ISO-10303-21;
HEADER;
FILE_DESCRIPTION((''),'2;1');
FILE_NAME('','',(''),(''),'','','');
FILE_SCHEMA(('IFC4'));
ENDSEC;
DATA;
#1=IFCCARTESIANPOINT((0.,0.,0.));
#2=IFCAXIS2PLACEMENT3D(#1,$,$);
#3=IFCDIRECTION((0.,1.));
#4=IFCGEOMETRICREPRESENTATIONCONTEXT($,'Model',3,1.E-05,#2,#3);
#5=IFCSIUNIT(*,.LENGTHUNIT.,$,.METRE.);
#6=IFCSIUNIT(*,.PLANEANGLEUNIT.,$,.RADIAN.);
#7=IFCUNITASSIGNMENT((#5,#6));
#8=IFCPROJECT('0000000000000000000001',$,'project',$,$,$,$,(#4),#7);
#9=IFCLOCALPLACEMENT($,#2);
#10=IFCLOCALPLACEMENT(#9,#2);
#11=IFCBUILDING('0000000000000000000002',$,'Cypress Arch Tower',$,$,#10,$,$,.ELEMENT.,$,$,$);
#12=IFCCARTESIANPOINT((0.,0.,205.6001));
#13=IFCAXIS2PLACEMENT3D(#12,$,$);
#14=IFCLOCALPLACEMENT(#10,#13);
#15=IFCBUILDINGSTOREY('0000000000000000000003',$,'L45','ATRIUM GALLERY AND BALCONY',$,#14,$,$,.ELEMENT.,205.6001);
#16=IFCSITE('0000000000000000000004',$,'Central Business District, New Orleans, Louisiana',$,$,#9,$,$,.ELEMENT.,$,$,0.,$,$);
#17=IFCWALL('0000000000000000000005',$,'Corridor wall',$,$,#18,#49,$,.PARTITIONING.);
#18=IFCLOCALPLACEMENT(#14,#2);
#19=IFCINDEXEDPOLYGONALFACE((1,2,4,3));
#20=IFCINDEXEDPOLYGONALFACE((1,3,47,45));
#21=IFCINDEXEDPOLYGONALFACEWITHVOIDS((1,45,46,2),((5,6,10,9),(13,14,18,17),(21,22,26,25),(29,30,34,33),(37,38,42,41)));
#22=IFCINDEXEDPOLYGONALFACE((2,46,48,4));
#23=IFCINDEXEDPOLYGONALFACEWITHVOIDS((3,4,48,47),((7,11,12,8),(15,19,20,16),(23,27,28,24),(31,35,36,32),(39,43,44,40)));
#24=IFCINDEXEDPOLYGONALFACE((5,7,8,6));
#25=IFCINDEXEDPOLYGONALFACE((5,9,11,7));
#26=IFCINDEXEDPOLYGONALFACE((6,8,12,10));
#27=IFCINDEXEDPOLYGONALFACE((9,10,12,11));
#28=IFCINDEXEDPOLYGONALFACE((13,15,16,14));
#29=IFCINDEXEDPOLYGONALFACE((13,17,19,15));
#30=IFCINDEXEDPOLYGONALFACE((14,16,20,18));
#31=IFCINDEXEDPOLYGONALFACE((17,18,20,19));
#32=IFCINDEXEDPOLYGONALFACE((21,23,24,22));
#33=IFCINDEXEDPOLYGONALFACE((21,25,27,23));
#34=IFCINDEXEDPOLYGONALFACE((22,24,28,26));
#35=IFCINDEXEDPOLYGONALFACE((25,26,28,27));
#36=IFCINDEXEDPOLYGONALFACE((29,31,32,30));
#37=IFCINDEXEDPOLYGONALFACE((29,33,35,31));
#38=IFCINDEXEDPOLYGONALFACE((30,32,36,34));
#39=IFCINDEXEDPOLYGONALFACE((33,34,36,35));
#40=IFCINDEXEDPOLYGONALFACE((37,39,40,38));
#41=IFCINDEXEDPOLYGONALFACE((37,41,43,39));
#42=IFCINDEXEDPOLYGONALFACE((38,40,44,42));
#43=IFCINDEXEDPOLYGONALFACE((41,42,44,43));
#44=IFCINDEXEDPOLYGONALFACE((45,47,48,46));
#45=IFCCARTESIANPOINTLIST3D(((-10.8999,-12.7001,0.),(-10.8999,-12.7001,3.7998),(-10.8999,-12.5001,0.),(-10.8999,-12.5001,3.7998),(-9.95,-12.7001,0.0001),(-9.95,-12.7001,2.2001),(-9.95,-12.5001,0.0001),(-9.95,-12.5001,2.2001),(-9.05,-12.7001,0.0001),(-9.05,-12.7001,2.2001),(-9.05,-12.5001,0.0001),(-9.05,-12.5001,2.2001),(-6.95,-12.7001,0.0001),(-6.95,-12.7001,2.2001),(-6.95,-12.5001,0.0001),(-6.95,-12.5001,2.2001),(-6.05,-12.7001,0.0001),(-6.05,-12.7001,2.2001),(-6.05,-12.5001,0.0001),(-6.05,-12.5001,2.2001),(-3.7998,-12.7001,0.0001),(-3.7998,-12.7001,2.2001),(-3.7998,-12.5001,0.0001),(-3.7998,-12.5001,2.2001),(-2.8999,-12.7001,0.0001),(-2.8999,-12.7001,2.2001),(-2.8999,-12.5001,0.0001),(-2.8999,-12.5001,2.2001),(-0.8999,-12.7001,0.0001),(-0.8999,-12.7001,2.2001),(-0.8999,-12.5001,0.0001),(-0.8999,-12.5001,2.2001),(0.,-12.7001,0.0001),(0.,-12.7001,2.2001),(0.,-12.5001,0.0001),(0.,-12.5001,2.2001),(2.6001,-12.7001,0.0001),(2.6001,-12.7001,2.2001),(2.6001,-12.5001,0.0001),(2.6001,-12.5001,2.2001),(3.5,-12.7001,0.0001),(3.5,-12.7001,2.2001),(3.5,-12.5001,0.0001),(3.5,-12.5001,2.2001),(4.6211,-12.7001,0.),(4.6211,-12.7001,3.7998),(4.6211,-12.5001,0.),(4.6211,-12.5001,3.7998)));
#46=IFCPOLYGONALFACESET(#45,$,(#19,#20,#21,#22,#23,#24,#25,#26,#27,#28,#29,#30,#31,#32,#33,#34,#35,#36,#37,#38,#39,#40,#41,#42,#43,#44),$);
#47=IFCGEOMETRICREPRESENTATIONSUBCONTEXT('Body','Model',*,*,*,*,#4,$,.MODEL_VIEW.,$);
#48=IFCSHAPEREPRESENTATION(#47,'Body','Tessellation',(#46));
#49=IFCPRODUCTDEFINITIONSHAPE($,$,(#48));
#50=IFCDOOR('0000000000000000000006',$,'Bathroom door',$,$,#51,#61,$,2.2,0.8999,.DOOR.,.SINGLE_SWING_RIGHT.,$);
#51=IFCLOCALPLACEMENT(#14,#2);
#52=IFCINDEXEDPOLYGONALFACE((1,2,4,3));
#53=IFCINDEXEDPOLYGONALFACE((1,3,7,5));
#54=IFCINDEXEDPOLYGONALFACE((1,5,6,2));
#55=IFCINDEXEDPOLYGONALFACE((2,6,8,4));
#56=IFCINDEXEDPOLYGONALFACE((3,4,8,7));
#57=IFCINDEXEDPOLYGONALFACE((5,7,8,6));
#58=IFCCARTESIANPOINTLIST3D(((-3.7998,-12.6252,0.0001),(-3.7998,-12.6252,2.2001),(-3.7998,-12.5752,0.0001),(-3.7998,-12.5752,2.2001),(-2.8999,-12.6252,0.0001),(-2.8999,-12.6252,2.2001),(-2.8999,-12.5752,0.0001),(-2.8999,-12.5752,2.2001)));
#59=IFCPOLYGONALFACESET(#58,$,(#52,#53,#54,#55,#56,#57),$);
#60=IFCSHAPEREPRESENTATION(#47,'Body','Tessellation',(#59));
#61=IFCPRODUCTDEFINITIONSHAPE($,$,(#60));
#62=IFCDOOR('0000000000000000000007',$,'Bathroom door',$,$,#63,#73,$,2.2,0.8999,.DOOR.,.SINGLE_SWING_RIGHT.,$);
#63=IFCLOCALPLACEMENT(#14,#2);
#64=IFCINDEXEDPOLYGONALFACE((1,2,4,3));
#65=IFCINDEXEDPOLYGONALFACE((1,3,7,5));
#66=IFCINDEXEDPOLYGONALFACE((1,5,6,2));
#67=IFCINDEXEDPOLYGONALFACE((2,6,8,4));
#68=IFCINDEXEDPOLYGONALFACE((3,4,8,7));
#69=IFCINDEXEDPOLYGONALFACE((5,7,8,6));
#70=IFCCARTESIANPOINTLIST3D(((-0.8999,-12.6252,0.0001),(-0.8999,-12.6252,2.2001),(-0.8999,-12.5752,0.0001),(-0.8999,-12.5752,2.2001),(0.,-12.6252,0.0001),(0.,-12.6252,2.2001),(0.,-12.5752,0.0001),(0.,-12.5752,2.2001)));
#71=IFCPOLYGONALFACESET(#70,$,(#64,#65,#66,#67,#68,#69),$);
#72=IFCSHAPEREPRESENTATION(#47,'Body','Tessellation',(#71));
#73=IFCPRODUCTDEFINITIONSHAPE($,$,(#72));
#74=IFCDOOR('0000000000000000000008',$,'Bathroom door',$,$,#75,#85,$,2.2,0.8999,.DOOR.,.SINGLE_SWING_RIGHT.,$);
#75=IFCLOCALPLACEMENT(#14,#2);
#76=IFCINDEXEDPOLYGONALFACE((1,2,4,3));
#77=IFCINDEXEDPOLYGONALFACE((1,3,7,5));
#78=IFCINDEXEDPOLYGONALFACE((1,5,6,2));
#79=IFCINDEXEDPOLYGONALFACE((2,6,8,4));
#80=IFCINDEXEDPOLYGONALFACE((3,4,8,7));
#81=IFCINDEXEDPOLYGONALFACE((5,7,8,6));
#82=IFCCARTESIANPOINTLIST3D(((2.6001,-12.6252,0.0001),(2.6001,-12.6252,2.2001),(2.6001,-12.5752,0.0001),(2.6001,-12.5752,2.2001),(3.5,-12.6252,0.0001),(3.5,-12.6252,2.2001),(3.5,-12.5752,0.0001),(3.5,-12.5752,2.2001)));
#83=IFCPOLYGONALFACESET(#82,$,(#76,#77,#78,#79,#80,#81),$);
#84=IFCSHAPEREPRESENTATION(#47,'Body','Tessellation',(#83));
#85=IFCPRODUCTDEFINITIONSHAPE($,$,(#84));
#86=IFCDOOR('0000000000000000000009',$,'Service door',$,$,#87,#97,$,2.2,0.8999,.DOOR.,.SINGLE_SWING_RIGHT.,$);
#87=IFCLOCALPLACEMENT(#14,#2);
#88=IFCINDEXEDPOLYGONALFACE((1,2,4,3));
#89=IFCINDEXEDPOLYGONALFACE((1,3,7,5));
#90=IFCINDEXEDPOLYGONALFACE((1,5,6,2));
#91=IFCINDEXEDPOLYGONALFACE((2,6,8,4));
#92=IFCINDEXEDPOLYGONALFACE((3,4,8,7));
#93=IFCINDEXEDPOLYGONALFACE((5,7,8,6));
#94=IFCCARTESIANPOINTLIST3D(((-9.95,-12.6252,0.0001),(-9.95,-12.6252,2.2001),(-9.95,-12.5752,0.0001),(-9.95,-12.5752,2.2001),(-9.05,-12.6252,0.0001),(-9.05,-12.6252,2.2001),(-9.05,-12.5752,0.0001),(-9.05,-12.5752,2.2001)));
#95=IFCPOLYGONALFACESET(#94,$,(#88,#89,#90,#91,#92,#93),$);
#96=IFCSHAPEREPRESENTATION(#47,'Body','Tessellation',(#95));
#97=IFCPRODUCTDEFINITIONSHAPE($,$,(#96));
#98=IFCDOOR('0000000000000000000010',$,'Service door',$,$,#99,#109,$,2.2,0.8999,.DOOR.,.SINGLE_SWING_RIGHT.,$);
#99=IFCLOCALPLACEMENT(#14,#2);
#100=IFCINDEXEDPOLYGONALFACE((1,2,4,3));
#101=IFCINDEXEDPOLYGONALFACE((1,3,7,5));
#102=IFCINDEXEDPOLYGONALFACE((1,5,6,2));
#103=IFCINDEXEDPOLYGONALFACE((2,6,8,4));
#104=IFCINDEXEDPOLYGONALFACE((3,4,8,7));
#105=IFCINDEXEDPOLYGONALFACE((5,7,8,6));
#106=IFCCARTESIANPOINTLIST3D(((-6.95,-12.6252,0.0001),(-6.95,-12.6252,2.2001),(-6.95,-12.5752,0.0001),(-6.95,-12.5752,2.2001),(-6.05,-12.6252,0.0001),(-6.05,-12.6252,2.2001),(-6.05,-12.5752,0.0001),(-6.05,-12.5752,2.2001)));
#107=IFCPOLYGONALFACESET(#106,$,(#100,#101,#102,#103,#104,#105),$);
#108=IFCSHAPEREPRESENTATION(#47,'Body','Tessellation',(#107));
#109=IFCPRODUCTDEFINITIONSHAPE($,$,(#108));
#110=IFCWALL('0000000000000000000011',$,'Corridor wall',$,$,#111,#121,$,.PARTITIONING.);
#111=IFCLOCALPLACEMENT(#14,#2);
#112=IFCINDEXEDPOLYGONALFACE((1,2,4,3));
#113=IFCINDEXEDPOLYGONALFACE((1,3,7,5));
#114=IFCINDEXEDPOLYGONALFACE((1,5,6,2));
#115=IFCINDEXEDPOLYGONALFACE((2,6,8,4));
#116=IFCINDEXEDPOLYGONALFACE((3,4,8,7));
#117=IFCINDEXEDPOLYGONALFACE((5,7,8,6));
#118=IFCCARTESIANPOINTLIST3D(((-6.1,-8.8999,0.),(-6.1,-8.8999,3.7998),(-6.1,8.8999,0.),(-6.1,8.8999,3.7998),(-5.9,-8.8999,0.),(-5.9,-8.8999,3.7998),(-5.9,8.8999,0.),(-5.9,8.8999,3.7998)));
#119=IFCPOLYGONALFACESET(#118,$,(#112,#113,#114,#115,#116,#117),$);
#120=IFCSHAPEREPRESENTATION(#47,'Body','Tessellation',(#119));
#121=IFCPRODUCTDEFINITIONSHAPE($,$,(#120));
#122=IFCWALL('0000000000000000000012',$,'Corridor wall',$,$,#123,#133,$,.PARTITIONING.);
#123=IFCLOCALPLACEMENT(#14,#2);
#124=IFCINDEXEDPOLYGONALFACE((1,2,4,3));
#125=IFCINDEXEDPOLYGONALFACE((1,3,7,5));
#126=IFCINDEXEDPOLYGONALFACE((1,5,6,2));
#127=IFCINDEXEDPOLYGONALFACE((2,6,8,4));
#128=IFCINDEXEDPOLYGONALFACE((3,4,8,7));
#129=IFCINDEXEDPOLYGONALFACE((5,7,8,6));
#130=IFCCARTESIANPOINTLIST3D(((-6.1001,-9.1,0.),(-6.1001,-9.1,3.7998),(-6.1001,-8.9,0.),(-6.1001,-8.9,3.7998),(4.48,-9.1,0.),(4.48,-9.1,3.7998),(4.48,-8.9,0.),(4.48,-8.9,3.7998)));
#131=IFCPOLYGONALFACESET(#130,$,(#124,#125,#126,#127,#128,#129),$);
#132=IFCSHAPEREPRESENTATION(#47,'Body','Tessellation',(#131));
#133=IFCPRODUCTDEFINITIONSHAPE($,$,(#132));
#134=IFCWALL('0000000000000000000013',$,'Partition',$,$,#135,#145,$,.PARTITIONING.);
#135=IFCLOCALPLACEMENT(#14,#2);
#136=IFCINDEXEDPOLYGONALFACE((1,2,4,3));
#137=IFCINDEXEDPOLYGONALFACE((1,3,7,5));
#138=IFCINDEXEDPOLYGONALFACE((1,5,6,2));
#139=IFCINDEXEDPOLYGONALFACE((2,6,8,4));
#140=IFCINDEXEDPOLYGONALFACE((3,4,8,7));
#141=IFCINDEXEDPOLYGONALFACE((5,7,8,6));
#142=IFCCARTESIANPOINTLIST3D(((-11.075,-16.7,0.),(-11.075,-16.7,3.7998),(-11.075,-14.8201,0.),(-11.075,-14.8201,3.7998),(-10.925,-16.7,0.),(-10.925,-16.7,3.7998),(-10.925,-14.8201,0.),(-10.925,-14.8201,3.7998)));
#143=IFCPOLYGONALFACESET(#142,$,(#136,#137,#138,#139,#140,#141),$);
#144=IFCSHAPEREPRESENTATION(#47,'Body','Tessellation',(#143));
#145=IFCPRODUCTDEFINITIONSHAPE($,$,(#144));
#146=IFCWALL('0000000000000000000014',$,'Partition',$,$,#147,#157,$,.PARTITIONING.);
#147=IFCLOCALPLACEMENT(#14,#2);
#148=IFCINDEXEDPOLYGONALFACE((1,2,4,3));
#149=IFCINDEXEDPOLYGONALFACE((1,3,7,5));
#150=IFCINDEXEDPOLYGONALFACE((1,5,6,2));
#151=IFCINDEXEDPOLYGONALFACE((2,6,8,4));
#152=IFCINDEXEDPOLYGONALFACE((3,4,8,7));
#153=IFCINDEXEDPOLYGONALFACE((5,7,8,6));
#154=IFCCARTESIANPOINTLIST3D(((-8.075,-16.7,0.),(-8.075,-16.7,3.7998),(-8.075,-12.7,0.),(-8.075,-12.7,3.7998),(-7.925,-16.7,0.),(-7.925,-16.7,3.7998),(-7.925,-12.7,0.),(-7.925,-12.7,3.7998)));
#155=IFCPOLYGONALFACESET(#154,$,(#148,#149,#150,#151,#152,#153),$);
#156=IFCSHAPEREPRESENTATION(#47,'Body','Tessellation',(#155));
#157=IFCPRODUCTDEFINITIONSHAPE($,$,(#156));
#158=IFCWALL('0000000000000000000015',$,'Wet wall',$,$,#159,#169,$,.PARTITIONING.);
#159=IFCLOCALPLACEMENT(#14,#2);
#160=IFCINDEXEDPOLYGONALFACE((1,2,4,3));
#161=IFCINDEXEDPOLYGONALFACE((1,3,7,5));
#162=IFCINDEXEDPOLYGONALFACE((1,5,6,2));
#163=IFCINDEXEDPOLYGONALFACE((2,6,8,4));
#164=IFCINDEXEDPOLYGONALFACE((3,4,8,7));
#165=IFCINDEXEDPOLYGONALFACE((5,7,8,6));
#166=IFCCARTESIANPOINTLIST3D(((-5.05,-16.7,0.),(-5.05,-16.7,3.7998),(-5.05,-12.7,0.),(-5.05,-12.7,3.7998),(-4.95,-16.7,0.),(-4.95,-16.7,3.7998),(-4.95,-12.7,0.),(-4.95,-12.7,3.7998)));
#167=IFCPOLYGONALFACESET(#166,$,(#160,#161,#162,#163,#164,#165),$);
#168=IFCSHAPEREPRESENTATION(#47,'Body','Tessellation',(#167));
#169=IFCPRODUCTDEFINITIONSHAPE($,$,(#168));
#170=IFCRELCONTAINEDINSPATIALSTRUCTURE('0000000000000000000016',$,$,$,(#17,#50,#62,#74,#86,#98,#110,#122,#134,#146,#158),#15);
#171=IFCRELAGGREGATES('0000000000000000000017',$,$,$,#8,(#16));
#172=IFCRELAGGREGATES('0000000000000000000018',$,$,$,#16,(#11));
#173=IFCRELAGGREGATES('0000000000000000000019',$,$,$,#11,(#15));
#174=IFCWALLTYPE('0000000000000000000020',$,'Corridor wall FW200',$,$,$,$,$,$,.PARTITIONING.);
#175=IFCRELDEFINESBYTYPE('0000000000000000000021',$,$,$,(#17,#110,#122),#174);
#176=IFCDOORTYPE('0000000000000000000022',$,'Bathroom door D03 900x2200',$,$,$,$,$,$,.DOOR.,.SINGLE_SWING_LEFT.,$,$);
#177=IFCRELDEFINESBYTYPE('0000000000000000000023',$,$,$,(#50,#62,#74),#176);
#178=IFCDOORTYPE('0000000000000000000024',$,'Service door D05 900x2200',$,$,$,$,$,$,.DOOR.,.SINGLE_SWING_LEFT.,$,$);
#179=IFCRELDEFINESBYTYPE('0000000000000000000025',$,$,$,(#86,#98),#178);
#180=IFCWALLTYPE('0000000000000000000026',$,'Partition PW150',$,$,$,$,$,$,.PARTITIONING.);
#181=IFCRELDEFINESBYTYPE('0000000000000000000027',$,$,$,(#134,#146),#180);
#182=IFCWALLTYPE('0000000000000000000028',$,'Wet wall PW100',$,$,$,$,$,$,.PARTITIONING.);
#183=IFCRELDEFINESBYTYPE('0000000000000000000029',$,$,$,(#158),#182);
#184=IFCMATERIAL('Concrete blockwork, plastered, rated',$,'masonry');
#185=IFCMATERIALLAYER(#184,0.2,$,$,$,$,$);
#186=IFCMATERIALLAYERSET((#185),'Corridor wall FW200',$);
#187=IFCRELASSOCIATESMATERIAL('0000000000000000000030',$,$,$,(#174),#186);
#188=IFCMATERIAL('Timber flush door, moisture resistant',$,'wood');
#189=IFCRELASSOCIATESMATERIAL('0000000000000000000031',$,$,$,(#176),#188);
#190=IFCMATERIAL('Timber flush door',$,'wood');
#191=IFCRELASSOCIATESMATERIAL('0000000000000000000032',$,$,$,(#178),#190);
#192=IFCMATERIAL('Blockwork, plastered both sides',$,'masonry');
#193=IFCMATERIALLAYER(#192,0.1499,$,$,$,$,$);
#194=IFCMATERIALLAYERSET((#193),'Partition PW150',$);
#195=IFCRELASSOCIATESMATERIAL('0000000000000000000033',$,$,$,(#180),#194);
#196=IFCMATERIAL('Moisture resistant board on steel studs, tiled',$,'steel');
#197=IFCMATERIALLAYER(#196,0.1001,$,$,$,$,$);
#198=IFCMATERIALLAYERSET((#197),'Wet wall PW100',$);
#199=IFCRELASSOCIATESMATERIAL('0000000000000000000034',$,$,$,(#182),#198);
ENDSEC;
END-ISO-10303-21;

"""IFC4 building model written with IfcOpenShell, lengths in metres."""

from ifc_helpers import new_model, si_unit, direction, frame, frame_2d, origin, place, context, subcontext, project, spatial, rectangle, extrude, material, layer, layer_set, type_object, element, fill, save


model = new_model("IFC4")

# Units and contexts
model_context = context("Model", 3, precision=1e-05, world=origin(), true_north=direction((0.0, 1.0)))
body_context = subcontext(model_context, "Body", "Model", "MODEL_VIEW")
ifc_project = project(units=[si_unit("LENGTHUNIT", "METRE"), si_unit("PLANEANGLEUNIT", "RADIAN")], contexts=[model_context])

# Site, building, storey
site_placement = place(None, origin())
site = spatial("IfcSite", under=ifc_project, at=site_placement, Name="Central Business District, New Orleans, Louisiana", CompositionType="ELEMENT", RefElevation=0.0)
building_placement = place(site_placement, origin())
building = spatial("IfcBuilding", under=site, at=building_placement, Name="Cypress Arch Tower", CompositionType="ELEMENT")
storey_placement = place(building_placement, frame((0.0, 0.0, 205.6001)))
storey = spatial("IfcBuildingStorey", under=building, at=storey_placement, Name="L45", Description="ATRIUM GALLERY AND BALCONY", CompositionType="ELEMENT", Elevation=205.6001)

# Shared definitions
ifc_material_1 = material(Name="Concrete blockwork, plastered, rated", Category="masonry")
ifc_layer_1 = layer(ifc_material_1, 0.2)
ifc_layer_set_1 = layer_set([ifc_layer_1], Name="Corridor wall FW200")
wall_type_1 = type_object("IfcWallType", Name="Corridor wall FW200", PredefinedType="PARTITIONING", material=ifc_layer_set_1)

# Wall, openings, doors
wall_1_placement = place(storey_placement, frame((-10.8999, -12.6001, 0.0), z_axis=(0.0, 0.0, 1.0), x_axis=(1.0, 0.0, 0.0)))
wall_1 = element("IfcWall", 1, at=wall_1_placement, inside=storey, type_object=wall_type_1, Name="Corridor wall", PredefinedType="PARTITIONING", context=body_context, shape_type="SweptSolid", body=[
    extrude(rectangle(XDim=15.521, YDim=0.2, at=frame_2d((7.7605, 0.0))), origin(), (0.0, 0.0, 1.0), 3.7998),
])
opening_1_placement = place(wall_1_placement, frame((0.95, 0.0, 0.0)))
opening_1 = element("IfcOpeningElement", 2, at=opening_1_placement, cuts=wall_1, PredefinedType="OPENING", context=body_context, shape_type="SweptSolid", body=[
    extrude(rectangle(XDim=0.8999, YDim=2.2, at=frame_2d((0.45, 1.1001))), frame((0.0, 0.1099, 0.0), z_axis=(0.0, -1.0, 0.0), x_axis=(1.0, 0.0, 0.0)), (0.0, 0.0, 1.0), 0.22),
])
opening_2_placement = place(wall_1_placement, frame((3.95, 0.0, 0.0)))
opening_2 = element("IfcOpeningElement", 3, at=opening_2_placement, cuts=wall_1, PredefinedType="OPENING", context=body_context, shape_type="SweptSolid", body=[
    extrude(rectangle(XDim=0.8999, YDim=2.2, at=frame_2d((0.45, 1.1001))), frame((0.0, 0.1099, 0.0), z_axis=(0.0, -1.0, 0.0), x_axis=(1.0, 0.0, 0.0)), (0.0, 0.0, 1.0), 0.22),
])
opening_3_placement = place(wall_1_placement, frame((7.1001, 0.0, 0.0)))
opening_3 = element("IfcOpeningElement", 4, at=opening_3_placement, cuts=wall_1, PredefinedType="OPENING", context=body_context, shape_type="SweptSolid", body=[
    extrude(rectangle(XDim=0.8999, YDim=2.2, at=frame_2d((0.45, 1.1001))), frame((0.0, 0.1099, 0.0), z_axis=(0.0, -1.0, 0.0), x_axis=(1.0, 0.0, 0.0)), (0.0, 0.0, 1.0), 0.22),
])
opening_4_placement = place(wall_1_placement, frame((10.0, 0.0, 0.0)))
opening_4 = element("IfcOpeningElement", 5, at=opening_4_placement, cuts=wall_1, PredefinedType="OPENING", context=body_context, shape_type="SweptSolid", body=[
    extrude(rectangle(XDim=0.8999, YDim=2.2, at=frame_2d((0.45, 1.1001))), frame((0.0, 0.1099, 0.0), z_axis=(0.0, -1.0, 0.0), x_axis=(1.0, 0.0, 0.0)), (0.0, 0.0, 1.0), 0.22),
])
opening_5_placement = place(wall_1_placement, frame((13.5, 0.0, 0.0)))
opening_5 = element("IfcOpeningElement", 6, at=opening_5_placement, cuts=wall_1, PredefinedType="OPENING", context=body_context, shape_type="SweptSolid", body=[
    extrude(rectangle(XDim=0.8999, YDim=2.2, at=frame_2d((0.45, 1.1001))), frame((0.0, 0.1099, 0.0), z_axis=(0.0, -1.0, 0.0), x_axis=(1.0, 0.0, 0.0)), (0.0, 0.0, 1.0), 0.22),
])
ifc_material_2 = material(Name="Timber flush door, moisture resistant", Category="wood")
door_type_1 = type_object("IfcDoorType", Name="Bathroom door D03 900x2200", OperationType="SINGLE_SWING_LEFT", PredefinedType="DOOR", material=ifc_material_2)
door_1_placement = place(opening_3_placement, origin())
door_1 = element("IfcDoor", 7, at=door_1_placement, inside=storey, type_object=door_type_1, Name="Bathroom door", OperationType="SINGLE_SWING_RIGHT", OverallHeight=2.2, OverallWidth=0.8999, PredefinedType="DOOR", context=body_context, shape_type="SweptSolid", body=[
    extrude(rectangle(XDim=0.8999, YDim=2.2, at=frame_2d((0.45, 1.1001))), frame((0.0, 0.0249, 0.0), z_axis=(0.0, -1.0, 0.0), x_axis=(1.0, 0.0, 0.0)), (0.0, 0.0, 1.0), 0.05),
])
fill(opening_3, door_1)
door_2_placement = place(opening_4_placement, origin())
door_2 = element("IfcDoor", 8, at=door_2_placement, inside=storey, type_object=door_type_1, Name="Bathroom door", OperationType="SINGLE_SWING_RIGHT", OverallHeight=2.2, OverallWidth=0.8999, PredefinedType="DOOR", context=body_context, shape_type="SweptSolid", body=[
    extrude(rectangle(XDim=0.8999, YDim=2.2, at=frame_2d((0.45, 1.1001))), frame((0.0, 0.0249, 0.0), z_axis=(0.0, -1.0, 0.0), x_axis=(1.0, 0.0, 0.0)), (0.0, 0.0, 1.0), 0.05),
])
fill(opening_4, door_2)
door_3_placement = place(opening_5_placement, origin())
door_3 = element("IfcDoor", 9, at=door_3_placement, inside=storey, type_object=door_type_1, Name="Bathroom door", OperationType="SINGLE_SWING_RIGHT", OverallHeight=2.2, OverallWidth=0.8999, PredefinedType="DOOR", context=body_context, shape_type="SweptSolid", body=[
    extrude(rectangle(XDim=0.8999, YDim=2.2, at=frame_2d((0.45, 1.1001))), frame((0.0, 0.0249, 0.0), z_axis=(0.0, -1.0, 0.0), x_axis=(1.0, 0.0, 0.0)), (0.0, 0.0, 1.0), 0.05),
])
fill(opening_5, door_3)
ifc_material_3 = material(Name="Timber flush door", Category="wood")
door_type_2 = type_object("IfcDoorType", Name="Service door D05 900x2200", OperationType="SINGLE_SWING_LEFT", PredefinedType="DOOR", material=ifc_material_3)
door_4_placement = place(opening_1_placement, origin())
door_4 = element("IfcDoor", 10, at=door_4_placement, inside=storey, type_object=door_type_2, Name="Service door", OperationType="SINGLE_SWING_RIGHT", OverallHeight=2.2, OverallWidth=0.8999, PredefinedType="DOOR", context=body_context, shape_type="SweptSolid", body=[
    extrude(rectangle(XDim=0.8999, YDim=2.2, at=frame_2d((0.45, 1.1001))), frame((0.0, 0.0249, 0.0), z_axis=(0.0, -1.0, 0.0), x_axis=(1.0, 0.0, 0.0)), (0.0, 0.0, 1.0), 0.05),
])
fill(opening_1, door_4)
door_5_placement = place(opening_2_placement, origin())
door_5 = element("IfcDoor", 11, at=door_5_placement, inside=storey, type_object=door_type_2, Name="Service door", OperationType="SINGLE_SWING_RIGHT", OverallHeight=2.2, OverallWidth=0.8999, PredefinedType="DOOR", context=body_context, shape_type="SweptSolid", body=[
    extrude(rectangle(XDim=0.8999, YDim=2.2, at=frame_2d((0.45, 1.1001))), frame((0.0, 0.0249, 0.0), z_axis=(0.0, -1.0, 0.0), x_axis=(1.0, 0.0, 0.0)), (0.0, 0.0, 1.0), 0.05),
])
fill(opening_2, door_5)

# Walls
wall_2_placement = place(storey_placement, frame((-6.0, -8.8999, 0.0), z_axis=(0.0, 0.0, 1.0), x_axis=(0.0, 1.0, 0.0)))
element("IfcWall", 12, at=wall_2_placement, inside=storey, type_object=wall_type_1, Name="Corridor wall", PredefinedType="PARTITIONING", context=body_context, shape_type="SweptSolid", body=[
    extrude(rectangle(XDim=17.7998, YDim=0.2, at=frame_2d((8.8999, 0.0))), origin(), (0.0, 0.0, 1.0), 3.7998),
])
wall_3_placement = place(storey_placement, frame((-6.1001, -9.0, 0.0), z_axis=(0.0, 0.0, 1.0), x_axis=(1.0, 0.0, 0.0)))
element("IfcWall", 13, at=wall_3_placement, inside=storey, type_object=wall_type_1, Name="Corridor wall", PredefinedType="PARTITIONING", context=body_context, shape_type="SweptSolid", body=[
    extrude(rectangle(XDim=10.5801, YDim=0.2, at=frame_2d((5.29, 0.0))), origin(), (0.0, 0.0, 1.0), 3.7998),
])
ifc_material_4 = material(Name="Blockwork, plastered both sides", Category="masonry")
ifc_layer_2 = layer(ifc_material_4, 0.1499)
ifc_layer_set_2 = layer_set([ifc_layer_2], Name="Partition PW150")
wall_type_2 = type_object("IfcWallType", Name="Partition PW150", PredefinedType="PARTITIONING", material=ifc_layer_set_2)
wall_4_placement = place(storey_placement, frame((-11.0, -16.7, 0.0), z_axis=(0.0, 0.0, 1.0), x_axis=(0.0, 1.0, 0.0)))
element("IfcWall", 14, at=wall_4_placement, inside=storey, type_object=wall_type_2, Name="Partition", PredefinedType="PARTITIONING", context=body_context, shape_type="SweptSolid", body=[
    extrude(rectangle(XDim=1.8799, YDim=0.1499, at=frame_2d((0.9399, 0.0))), origin(), (0.0, 0.0, 1.0), 3.7998),
])
wall_5_placement = place(storey_placement, frame((-8.0, -16.7, 0.0), z_axis=(0.0, 0.0, 1.0), x_axis=(0.0, 1.0, 0.0)))
element("IfcWall", 15, at=wall_5_placement, inside=storey, type_object=wall_type_2, Name="Partition", PredefinedType="PARTITIONING", context=body_context, shape_type="SweptSolid", body=[
    extrude(rectangle(XDim=4.0, YDim=0.1499, at=frame_2d((2.0, 0.0))), origin(), (0.0, 0.0, 1.0), 3.7998),
])
ifc_material_5 = material(Name="Moisture resistant board on steel studs, tiled", Category="steel")
ifc_layer_3 = layer(ifc_material_5, 0.1001)
ifc_layer_set_3 = layer_set([ifc_layer_3], Name="Wet wall PW100")
wall_type_3 = type_object("IfcWallType", Name="Wet wall PW100", PredefinedType="PARTITIONING", material=ifc_layer_set_3)
for number, where, z_axis, x_axis, name in (
    (16, (-5.0, -16.7, 0.0), (0.0, 0.0, 1.0), (0.0, 1.0, 0.0), "Wet wall"),
):
    element("IfcWall", number, at=place(storey_placement, frame(where, z_axis=z_axis, x_axis=x_axis)), inside=storey, type_object=wall_type_3, Name=name, PredefinedType="PARTITIONING", context=body_context, shape_type="SweptSolid", body=[
        extrude(rectangle(XDim=4.0, YDim=0.1001, at=frame_2d((2.0, 0.0))), origin(), (0.0, 0.0, 1.0), 3.7998),
    ])

save(model, "model.ifc")
